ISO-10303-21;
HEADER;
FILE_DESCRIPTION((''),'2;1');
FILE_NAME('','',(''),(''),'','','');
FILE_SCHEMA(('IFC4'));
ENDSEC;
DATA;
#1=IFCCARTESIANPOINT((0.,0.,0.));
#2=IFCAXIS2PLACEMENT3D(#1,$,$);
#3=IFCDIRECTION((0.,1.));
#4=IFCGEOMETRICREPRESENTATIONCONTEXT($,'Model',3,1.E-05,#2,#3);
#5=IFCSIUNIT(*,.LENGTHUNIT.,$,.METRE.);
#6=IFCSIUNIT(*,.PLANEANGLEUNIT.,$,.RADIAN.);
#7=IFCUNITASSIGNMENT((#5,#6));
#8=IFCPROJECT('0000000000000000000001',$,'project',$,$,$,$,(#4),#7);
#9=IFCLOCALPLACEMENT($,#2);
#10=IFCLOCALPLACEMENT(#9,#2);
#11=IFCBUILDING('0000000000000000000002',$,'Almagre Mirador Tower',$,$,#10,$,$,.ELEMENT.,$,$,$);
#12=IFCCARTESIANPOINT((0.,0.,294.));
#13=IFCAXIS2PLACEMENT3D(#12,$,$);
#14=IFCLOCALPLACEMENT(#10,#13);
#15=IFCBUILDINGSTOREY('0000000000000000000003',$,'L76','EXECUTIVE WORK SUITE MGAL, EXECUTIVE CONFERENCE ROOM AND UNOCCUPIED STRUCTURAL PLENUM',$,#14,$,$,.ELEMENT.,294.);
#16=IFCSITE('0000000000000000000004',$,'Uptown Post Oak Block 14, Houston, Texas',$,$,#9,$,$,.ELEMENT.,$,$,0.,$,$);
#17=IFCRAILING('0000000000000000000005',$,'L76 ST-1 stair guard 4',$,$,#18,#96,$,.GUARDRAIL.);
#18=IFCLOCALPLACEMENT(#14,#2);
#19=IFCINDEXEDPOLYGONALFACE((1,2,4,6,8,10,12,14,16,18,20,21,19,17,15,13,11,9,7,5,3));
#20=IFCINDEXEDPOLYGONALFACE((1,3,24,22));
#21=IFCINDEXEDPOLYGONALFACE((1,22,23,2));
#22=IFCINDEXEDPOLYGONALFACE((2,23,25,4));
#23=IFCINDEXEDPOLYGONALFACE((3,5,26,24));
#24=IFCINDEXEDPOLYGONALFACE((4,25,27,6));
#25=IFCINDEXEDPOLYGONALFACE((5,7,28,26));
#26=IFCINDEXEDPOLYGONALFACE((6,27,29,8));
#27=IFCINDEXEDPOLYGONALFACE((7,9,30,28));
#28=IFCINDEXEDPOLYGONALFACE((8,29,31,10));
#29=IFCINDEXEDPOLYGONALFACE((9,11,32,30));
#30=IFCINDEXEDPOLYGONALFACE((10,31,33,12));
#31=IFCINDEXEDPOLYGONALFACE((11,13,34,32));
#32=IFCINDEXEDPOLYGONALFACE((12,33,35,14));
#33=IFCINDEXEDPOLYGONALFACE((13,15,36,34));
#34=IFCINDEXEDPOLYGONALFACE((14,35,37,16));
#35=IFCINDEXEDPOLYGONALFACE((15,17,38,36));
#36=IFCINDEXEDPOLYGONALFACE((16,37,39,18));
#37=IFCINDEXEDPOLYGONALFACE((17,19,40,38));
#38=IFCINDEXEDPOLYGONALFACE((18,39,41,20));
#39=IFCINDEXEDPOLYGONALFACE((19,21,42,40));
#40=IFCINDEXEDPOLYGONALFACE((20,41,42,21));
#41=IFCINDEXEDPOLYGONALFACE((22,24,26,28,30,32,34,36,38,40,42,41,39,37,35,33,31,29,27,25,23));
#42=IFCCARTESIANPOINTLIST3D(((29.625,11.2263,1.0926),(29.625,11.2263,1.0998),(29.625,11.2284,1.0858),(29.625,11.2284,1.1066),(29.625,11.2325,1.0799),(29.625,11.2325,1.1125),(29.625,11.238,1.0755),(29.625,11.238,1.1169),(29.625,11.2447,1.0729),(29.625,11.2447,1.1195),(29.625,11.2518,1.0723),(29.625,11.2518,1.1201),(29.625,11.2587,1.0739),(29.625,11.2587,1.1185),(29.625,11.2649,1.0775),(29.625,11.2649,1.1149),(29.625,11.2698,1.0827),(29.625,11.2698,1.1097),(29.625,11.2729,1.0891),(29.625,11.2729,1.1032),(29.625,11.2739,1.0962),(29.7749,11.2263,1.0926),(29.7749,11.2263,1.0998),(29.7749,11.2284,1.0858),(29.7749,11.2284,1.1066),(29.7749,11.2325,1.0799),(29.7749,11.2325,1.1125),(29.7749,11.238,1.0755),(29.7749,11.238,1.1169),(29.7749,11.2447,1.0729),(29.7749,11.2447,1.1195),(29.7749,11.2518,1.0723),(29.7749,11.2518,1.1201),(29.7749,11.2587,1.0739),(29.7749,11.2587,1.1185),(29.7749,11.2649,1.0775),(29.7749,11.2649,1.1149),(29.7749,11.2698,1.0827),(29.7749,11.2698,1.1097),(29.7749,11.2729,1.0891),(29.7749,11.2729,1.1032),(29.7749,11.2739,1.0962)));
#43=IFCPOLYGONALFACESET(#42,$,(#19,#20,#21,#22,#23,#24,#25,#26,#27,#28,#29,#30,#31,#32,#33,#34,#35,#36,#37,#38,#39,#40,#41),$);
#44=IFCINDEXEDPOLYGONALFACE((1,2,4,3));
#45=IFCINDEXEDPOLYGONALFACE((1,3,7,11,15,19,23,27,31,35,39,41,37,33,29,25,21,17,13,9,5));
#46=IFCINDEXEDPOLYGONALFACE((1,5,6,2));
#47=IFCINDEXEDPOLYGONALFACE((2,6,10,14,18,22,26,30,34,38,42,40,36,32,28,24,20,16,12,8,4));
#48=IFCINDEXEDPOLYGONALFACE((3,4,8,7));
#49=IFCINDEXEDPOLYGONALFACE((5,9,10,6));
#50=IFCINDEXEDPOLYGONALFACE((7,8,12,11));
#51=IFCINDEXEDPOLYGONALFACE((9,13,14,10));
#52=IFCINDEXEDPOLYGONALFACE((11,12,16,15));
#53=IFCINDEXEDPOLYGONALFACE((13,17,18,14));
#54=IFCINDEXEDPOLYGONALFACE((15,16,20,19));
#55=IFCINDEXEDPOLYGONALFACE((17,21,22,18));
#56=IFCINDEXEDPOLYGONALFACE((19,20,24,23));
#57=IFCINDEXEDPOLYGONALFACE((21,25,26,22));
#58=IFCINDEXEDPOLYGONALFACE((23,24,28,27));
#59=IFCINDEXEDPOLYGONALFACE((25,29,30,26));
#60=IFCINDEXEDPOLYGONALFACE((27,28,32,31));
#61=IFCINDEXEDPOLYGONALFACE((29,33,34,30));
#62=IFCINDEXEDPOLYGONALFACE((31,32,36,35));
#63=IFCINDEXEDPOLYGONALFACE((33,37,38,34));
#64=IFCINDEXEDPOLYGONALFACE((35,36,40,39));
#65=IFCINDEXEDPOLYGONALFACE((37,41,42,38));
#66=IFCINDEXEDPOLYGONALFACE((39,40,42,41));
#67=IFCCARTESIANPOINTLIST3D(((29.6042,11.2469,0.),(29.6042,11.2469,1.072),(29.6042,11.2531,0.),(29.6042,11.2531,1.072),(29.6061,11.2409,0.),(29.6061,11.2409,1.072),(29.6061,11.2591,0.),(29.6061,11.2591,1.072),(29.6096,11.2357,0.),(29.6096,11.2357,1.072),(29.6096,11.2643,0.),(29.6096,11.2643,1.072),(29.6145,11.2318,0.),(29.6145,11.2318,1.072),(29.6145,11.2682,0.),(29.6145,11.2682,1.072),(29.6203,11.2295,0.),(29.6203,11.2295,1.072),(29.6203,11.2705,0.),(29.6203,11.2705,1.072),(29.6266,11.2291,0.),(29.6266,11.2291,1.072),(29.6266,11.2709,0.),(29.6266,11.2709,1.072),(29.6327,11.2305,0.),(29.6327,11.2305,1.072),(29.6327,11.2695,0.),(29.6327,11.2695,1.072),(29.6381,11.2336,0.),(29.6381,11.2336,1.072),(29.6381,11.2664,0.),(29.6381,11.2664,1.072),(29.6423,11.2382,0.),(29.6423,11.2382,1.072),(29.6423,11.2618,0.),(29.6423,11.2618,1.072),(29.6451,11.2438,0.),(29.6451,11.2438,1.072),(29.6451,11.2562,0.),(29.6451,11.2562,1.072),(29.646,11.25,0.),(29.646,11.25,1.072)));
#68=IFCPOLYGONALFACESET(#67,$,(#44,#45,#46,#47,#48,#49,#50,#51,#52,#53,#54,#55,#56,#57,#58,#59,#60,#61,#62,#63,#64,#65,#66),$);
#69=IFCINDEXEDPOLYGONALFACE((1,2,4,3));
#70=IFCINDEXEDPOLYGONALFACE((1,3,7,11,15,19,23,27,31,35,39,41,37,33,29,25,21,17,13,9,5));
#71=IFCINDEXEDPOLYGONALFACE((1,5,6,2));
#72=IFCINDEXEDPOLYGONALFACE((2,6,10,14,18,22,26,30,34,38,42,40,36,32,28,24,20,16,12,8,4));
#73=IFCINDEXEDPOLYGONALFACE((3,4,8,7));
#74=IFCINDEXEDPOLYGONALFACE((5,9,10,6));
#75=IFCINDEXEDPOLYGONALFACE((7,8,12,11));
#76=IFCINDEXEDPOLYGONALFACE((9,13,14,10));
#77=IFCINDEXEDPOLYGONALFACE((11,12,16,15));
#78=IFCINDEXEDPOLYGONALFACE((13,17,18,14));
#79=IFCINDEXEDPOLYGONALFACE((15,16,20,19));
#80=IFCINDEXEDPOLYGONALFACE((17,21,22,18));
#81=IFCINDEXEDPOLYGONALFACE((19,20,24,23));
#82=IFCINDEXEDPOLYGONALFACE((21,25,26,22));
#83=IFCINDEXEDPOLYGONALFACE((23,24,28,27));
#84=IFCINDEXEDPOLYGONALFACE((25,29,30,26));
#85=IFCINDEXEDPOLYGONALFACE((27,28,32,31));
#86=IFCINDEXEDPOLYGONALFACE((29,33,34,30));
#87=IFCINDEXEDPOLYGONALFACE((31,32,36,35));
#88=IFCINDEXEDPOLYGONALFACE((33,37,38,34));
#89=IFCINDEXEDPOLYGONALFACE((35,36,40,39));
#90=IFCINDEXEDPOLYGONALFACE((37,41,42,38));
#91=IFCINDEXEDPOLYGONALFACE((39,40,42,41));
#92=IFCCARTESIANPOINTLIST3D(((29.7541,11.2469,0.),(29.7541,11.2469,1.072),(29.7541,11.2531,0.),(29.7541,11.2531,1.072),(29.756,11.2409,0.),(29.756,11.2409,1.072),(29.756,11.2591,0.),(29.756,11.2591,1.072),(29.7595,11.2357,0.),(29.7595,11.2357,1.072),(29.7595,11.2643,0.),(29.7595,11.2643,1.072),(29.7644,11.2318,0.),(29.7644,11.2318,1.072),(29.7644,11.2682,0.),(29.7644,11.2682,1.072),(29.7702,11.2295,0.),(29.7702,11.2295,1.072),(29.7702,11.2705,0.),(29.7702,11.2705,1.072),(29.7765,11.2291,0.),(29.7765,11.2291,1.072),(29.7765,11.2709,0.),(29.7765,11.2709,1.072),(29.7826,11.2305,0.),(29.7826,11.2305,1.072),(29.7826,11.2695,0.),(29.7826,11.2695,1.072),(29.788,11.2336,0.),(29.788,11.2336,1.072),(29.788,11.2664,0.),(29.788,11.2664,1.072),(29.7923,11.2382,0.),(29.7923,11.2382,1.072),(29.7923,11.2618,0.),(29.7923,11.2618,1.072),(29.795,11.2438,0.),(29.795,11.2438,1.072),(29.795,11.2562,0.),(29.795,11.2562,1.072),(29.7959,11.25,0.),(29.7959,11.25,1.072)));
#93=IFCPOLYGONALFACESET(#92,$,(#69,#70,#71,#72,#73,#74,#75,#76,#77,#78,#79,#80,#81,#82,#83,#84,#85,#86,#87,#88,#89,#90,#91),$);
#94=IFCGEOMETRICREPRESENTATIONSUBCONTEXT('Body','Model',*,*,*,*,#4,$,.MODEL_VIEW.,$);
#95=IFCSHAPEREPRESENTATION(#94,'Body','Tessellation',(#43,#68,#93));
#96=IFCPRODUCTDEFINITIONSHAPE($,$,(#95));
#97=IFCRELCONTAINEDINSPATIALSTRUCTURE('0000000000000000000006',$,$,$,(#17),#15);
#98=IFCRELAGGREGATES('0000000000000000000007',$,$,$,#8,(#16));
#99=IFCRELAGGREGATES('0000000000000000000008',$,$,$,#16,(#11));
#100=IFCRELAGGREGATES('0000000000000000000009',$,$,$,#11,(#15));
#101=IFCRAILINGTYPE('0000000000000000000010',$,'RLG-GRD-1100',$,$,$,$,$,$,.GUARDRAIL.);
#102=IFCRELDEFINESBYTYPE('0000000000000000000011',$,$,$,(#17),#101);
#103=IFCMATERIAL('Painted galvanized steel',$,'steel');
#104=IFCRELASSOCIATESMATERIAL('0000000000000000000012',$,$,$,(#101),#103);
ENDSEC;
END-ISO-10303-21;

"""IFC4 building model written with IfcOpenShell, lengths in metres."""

from ifc_helpers import new_model, si_unit, direction, frame, origin, origin_2d, place, context, subcontext, project, spatial, circle, extrude, material, type_object, element, save


model = new_model("IFC4")

# Units and contexts
model_context = context("Model", 3, precision=1e-05, world=origin(), true_north=direction((0.0, 1.0)))
body_context = subcontext(model_context, "Body", "Model", "MODEL_VIEW")
ifc_project = project(units=[si_unit("LENGTHUNIT", "METRE"), si_unit("PLANEANGLEUNIT", "RADIAN")], contexts=[model_context])

# Site, building, storey
site_placement = place(None, origin())
site = spatial("IfcSite", under=ifc_project, at=site_placement, Name="Uptown Post Oak Block 14, Houston, Texas", CompositionType="ELEMENT", RefElevation=0.0)
building_placement = place(site_placement, origin())
building = spatial("IfcBuilding", under=site, at=building_placement, Name="Almagre Mirador Tower", CompositionType="ELEMENT")
storey_placement = place(building_placement, frame((0.0, 0.0, 294.0)))
storey = spatial("IfcBuildingStorey", under=building, at=storey_placement, Name="L76", Description="EXECUTIVE WORK SUITE MGAL, EXECUTIVE CONFERENCE ROOM AND UNOCCUPIED STRUCTURAL PLENUM", CompositionType="ELEMENT", Elevation=294.0)

# Railing
ifc_material_1 = material(Name="Painted galvanized steel", Category="steel")
railing_type_1 = type_object("IfcRailingType", Name="RLG-GRD-1100", PredefinedType="GUARDRAIL", material=ifc_material_1)
railing_1_placement = place(storey_placement, frame((29.625, 11.25, 0.0)))
element("IfcRailing", 1, at=railing_1_placement, inside=storey, type_object=railing_type_1, Name="L76 ST-1 stair guard 4", PredefinedType="GUARDRAIL", context=body_context, shape_type="SweptSolid", body=[
    extrude(circle(Radius=0.0239, at=origin_2d()), frame((0.0, 0.0, 1.0962), z_axis=(1.0, 0.0, 0.0), x_axis=(0.0, 1.0, 0.0)), (0.0, 0.0, 1.0), 0.1499),
    extrude(circle(Radius=0.021, at=origin_2d()), origin(), (0.0, 0.0, 1.0), 1.072),
    extrude(circle(Radius=0.021, at=origin_2d()), frame((0.1499, 0.0, 0.0)), (0.0, 0.0, 1.0), 1.072),
])

save(model, "model.ifc")
